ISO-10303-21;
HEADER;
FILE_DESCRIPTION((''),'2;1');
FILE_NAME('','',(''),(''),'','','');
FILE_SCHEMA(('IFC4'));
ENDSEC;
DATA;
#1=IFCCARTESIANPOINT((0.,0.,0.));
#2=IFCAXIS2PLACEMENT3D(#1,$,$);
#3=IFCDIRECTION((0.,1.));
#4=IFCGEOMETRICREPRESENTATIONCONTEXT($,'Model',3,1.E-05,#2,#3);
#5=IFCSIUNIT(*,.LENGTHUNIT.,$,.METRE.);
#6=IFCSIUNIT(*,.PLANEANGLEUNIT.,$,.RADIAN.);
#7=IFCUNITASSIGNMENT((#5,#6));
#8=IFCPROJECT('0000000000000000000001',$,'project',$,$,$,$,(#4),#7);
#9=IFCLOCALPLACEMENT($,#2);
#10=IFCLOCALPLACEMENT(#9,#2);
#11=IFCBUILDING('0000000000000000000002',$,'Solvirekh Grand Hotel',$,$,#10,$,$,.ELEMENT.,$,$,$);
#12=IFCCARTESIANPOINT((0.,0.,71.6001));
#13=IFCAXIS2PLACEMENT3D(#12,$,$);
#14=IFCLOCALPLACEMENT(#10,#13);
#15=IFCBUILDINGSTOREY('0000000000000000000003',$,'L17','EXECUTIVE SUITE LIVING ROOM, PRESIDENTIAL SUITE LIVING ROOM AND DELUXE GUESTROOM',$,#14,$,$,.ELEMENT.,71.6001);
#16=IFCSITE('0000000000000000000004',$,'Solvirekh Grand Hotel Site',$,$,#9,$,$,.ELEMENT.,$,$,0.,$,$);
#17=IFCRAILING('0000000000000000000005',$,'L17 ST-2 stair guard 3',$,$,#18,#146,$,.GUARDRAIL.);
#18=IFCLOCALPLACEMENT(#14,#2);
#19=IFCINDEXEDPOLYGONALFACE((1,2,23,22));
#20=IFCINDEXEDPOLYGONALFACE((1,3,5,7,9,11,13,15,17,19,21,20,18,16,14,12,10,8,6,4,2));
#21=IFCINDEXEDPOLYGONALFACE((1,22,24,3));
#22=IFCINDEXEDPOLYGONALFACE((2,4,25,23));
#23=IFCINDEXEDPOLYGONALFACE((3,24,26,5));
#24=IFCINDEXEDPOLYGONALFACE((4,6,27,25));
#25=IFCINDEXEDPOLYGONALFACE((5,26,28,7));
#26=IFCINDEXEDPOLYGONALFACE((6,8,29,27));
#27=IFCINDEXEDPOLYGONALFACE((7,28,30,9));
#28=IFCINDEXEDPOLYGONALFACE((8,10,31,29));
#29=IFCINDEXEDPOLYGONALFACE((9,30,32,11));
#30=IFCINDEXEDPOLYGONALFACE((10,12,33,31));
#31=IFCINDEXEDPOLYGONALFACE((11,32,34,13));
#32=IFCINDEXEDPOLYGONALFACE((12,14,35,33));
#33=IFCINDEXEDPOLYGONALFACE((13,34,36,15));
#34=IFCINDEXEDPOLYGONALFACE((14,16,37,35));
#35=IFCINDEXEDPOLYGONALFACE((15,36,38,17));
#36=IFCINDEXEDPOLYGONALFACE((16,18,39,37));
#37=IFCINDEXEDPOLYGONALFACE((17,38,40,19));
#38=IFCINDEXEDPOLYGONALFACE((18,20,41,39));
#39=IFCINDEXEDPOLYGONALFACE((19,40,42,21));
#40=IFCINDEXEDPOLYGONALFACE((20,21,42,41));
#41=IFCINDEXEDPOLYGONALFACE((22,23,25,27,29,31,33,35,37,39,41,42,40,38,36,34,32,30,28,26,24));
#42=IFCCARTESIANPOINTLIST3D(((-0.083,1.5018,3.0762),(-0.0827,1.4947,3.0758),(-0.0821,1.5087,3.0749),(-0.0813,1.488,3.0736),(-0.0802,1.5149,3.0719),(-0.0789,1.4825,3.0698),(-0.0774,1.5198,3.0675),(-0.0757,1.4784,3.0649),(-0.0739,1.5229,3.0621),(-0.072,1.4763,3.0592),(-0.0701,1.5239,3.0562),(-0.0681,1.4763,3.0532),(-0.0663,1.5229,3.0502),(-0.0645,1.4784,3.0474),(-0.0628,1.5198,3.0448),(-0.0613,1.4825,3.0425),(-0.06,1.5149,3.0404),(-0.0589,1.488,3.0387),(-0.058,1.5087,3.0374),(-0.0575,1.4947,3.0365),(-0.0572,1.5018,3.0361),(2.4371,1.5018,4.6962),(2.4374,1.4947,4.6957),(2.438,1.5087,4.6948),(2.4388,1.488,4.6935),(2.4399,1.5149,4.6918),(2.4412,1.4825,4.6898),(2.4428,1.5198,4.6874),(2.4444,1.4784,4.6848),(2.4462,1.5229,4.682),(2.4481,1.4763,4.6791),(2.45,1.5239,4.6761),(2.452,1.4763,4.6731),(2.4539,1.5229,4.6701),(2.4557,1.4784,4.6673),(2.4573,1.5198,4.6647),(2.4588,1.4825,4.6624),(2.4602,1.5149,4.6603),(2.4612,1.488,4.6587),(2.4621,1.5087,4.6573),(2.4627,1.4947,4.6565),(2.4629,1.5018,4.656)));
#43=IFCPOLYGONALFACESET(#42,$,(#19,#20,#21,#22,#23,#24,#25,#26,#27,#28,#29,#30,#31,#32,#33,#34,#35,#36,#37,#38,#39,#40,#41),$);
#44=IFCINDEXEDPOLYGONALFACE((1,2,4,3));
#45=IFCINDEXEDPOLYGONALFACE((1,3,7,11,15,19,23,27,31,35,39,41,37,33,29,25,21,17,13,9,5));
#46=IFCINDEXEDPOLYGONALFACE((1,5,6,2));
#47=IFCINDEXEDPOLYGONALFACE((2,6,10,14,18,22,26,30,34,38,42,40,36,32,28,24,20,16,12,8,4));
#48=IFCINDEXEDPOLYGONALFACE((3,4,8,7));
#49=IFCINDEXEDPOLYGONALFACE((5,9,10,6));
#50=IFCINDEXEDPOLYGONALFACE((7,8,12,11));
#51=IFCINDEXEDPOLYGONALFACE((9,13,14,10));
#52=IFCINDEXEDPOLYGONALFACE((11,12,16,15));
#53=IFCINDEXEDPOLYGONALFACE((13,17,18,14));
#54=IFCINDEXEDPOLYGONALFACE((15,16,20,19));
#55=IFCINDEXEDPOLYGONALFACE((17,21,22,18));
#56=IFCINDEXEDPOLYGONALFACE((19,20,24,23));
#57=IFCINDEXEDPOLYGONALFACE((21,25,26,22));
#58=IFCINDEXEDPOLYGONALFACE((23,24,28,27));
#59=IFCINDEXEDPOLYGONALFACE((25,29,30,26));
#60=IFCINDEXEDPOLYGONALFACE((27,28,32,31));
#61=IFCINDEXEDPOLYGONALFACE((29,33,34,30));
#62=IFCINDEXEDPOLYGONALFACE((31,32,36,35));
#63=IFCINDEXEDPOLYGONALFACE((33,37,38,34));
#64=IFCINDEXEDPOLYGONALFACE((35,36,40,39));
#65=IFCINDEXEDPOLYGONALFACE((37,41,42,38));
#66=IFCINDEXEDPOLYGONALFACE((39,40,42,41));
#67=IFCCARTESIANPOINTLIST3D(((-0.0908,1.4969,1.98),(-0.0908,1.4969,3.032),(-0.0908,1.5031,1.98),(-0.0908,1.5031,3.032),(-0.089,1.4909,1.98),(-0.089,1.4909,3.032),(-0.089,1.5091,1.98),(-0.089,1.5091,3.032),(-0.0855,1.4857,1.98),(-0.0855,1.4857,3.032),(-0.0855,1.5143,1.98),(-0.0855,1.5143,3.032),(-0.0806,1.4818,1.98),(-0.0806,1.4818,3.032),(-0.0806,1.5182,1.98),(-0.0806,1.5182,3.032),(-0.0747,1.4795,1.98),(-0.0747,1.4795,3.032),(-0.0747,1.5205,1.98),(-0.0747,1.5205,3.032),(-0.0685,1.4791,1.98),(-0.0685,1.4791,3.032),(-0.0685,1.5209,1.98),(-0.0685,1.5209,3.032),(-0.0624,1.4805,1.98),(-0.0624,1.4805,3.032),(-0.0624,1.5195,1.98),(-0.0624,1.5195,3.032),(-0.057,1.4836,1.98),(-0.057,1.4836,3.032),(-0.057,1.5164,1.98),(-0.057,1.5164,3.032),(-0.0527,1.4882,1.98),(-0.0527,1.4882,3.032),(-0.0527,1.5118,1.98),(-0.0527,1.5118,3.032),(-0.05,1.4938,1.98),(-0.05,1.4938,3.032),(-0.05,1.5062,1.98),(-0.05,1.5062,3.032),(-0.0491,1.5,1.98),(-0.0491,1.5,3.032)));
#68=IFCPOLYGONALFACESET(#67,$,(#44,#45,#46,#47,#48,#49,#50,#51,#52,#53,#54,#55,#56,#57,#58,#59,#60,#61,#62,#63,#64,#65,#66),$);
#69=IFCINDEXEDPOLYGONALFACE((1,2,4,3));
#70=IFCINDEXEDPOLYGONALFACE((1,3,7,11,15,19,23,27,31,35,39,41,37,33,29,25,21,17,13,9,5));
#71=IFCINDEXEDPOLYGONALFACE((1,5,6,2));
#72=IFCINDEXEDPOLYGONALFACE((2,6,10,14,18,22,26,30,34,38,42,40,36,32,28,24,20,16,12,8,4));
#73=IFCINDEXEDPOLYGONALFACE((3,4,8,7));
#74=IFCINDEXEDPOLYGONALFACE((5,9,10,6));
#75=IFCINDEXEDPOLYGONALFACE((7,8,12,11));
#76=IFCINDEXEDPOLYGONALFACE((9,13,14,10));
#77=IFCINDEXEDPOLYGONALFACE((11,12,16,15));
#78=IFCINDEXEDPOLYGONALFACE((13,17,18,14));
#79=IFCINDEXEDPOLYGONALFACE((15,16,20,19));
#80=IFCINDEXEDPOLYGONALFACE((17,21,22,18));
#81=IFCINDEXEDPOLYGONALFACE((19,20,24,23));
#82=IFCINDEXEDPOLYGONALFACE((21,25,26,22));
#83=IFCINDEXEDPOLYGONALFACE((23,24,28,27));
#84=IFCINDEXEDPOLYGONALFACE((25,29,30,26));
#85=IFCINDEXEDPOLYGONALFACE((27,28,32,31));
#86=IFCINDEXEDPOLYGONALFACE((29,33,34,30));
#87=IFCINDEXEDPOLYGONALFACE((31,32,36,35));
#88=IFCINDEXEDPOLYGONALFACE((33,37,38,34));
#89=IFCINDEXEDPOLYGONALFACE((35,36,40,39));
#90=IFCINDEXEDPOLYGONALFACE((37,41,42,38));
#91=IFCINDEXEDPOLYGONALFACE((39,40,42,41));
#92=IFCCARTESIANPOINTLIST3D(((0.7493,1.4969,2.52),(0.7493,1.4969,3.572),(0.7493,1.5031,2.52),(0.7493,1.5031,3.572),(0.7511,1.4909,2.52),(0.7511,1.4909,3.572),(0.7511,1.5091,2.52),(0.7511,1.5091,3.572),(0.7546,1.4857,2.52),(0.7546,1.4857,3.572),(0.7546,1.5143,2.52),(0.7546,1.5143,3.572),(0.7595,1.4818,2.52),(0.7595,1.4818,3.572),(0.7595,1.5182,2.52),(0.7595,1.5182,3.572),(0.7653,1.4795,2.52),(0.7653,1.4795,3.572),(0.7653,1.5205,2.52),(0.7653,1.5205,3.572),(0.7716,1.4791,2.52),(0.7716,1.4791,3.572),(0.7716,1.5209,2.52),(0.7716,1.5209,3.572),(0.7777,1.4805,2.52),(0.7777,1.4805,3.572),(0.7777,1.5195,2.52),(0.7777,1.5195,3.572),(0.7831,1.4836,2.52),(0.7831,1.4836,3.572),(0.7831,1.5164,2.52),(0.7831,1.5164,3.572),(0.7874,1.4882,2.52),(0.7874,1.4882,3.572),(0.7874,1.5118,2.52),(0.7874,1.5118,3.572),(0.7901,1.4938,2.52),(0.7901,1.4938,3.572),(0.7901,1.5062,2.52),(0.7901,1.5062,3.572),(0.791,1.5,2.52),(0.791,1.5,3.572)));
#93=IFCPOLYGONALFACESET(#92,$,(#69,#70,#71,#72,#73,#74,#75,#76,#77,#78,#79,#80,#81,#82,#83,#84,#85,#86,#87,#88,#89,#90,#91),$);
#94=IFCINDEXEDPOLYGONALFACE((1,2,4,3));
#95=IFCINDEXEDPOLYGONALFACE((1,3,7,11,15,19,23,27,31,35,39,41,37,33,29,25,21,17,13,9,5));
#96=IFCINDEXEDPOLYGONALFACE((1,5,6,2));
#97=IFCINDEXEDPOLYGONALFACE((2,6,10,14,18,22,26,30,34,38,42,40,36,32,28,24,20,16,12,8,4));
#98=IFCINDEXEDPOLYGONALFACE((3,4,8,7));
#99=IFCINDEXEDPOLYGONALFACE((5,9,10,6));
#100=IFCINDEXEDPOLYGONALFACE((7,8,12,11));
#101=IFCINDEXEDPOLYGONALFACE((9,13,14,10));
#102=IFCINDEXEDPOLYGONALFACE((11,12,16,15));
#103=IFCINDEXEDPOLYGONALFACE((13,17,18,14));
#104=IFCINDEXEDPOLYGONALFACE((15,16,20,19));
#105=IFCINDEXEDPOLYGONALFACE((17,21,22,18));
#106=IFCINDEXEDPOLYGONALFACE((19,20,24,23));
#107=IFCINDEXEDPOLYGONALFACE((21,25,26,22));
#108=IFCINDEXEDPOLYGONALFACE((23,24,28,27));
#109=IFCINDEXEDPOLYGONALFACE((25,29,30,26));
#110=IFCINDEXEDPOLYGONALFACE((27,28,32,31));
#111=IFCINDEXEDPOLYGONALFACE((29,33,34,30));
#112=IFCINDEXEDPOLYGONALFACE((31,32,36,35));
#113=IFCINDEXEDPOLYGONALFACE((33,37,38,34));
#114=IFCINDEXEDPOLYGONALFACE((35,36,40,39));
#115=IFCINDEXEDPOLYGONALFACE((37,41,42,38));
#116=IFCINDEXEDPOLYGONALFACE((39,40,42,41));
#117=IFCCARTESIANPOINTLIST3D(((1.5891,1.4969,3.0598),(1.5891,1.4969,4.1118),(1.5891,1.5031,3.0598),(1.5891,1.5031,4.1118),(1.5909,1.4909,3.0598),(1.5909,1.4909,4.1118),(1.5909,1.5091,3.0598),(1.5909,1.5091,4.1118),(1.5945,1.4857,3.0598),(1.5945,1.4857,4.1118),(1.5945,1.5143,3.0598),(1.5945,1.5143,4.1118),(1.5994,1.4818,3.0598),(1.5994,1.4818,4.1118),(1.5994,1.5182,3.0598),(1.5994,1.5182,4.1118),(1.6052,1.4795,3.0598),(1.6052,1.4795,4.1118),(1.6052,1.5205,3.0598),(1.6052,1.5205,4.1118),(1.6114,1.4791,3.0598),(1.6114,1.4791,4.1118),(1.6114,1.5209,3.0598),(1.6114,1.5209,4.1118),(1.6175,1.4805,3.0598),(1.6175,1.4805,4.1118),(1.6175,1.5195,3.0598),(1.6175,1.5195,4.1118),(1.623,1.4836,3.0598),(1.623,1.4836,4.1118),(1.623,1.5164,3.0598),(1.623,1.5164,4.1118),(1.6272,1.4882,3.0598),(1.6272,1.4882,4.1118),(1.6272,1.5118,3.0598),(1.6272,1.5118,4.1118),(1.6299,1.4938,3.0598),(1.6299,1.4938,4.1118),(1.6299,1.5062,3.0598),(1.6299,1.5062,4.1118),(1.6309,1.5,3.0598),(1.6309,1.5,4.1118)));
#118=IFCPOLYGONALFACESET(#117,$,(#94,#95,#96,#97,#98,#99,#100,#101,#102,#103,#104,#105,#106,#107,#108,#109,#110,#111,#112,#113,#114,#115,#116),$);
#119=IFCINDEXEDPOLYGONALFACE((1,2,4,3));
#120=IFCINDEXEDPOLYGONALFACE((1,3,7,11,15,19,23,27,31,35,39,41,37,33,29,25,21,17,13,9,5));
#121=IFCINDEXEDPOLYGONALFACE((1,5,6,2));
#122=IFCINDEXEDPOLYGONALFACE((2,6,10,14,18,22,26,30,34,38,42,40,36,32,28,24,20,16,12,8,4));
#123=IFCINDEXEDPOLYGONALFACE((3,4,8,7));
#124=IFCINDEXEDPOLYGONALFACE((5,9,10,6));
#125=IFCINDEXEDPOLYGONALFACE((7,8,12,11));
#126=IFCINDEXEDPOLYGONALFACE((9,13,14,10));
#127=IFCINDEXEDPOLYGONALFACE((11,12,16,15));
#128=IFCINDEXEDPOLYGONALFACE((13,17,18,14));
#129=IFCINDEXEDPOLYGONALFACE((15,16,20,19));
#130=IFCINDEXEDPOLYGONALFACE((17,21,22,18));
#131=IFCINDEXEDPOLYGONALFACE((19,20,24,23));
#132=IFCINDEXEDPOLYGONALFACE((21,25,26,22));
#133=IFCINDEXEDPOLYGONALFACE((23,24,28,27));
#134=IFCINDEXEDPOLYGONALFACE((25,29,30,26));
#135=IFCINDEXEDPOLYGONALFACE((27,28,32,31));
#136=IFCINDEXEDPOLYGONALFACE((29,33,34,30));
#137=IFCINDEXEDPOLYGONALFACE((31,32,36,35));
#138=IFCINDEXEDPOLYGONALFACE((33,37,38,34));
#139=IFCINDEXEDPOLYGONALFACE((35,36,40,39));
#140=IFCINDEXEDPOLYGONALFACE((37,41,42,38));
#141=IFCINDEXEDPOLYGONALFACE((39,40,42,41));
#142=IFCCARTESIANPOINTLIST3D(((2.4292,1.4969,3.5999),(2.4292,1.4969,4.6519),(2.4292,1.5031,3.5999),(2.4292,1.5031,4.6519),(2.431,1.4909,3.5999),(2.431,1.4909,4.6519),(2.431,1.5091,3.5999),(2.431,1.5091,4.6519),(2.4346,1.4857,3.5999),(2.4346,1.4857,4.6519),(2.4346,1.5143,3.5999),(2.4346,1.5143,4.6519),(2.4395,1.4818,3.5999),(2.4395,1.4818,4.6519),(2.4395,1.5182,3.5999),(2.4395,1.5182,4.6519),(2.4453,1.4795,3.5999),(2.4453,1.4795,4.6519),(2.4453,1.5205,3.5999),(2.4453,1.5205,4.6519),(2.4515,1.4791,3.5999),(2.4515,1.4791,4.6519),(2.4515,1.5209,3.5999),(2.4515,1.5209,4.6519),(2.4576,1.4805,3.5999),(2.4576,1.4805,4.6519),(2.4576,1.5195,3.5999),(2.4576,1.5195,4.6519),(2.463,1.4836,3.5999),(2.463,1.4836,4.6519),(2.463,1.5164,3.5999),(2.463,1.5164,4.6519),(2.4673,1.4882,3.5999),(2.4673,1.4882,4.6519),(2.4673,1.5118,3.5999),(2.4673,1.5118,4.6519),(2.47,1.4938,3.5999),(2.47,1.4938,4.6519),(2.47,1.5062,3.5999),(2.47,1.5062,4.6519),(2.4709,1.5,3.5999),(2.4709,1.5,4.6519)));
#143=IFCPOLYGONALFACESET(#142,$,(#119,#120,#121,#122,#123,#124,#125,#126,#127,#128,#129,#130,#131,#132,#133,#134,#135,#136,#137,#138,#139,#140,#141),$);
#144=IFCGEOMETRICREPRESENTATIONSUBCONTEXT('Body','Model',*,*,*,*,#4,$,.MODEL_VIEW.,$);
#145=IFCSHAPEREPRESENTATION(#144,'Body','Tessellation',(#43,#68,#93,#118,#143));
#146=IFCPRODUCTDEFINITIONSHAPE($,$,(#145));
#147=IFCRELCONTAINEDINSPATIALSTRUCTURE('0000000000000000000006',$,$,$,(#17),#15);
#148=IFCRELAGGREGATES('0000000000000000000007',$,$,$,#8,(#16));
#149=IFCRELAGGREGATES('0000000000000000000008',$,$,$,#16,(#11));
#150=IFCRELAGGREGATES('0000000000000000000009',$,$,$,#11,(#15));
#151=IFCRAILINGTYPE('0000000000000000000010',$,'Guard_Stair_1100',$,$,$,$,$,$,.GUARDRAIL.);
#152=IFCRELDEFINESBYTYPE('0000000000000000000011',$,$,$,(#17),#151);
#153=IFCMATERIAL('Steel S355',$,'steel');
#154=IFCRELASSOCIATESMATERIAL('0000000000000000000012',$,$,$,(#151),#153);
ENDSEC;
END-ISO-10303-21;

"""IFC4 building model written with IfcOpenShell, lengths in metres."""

from ifc_helpers import new_model, si_unit, direction, frame, origin, origin_2d, place, context, subcontext, project, spatial, circle, extrude, material, type_object, element, save


model = new_model("IFC4")

# Units and contexts
model_context = context("Model", 3, precision=1e-05, world=origin(), true_north=direction((0.0, 1.0)))
body_context = subcontext(model_context, "Body", "Model", "MODEL_VIEW")
ifc_project = project(units=[si_unit("LENGTHUNIT", "METRE"), si_unit("PLANEANGLEUNIT", "RADIAN")], contexts=[model_context])

# Site, building, storey
site_placement = place(None, origin())
site = spatial("IfcSite", under=ifc_project, at=site_placement, Name="Solvirekh Grand Hotel Site", CompositionType="ELEMENT", RefElevation=0.0)
building_placement = place(site_placement, origin())
building = spatial("IfcBuilding", under=site, at=building_placement, Name="Solvirekh Grand Hotel", CompositionType="ELEMENT")
storey_placement = place(building_placement, frame((0.0, 0.0, 71.6001)))
storey = spatial("IfcBuildingStorey", under=building, at=storey_placement, Name="L17", Description="EXECUTIVE SUITE LIVING ROOM, PRESIDENTIAL SUITE LIVING ROOM AND DELUXE GUESTROOM", CompositionType="ELEMENT", Elevation=71.6001)

# Railing
ifc_material_1 = material(Name="Steel S355", Category="steel")
railing_type_1 = type_object("IfcRailingType", Name="Guard_Stair_1100", PredefinedType="GUARDRAIL", material=ifc_material_1)
railing_1_placement = place(storey_placement, frame((-0.0701, 1.5, 1.98)))
element("IfcRailing", 1, at=railing_1_placement, inside=storey, type_object=railing_type_1, Name="L17 ST-2 stair guard 3", PredefinedType="GUARDRAIL", context=body_context, shape_type="SweptSolid", body=[
    extrude(circle(Radius=0.0239, at=origin_2d()), frame((0.0, 0.0, 1.0762), z_axis=(0.8412, 0.0, 0.540725), x_axis=(0.0, 1.0, 0.0)), (0.0, 0.0, 1.0), 2.9958),
    extrude(circle(Radius=0.021, at=origin_2d()), origin(), (0.0, 0.0, 1.0), 1.052),
    extrude(circle(Radius=0.021, at=origin_2d()), frame((0.8401, 0.0, 0.54)), (0.0, 0.0, 1.0), 1.052),
    extrude(circle(Radius=0.021, at=origin_2d()), frame((1.6799, 0.0, 1.0798)), (0.0, 0.0, 1.0), 1.052),
    extrude(circle(Radius=0.021, at=origin_2d()), frame((2.52, 0.0, 1.6199)), (0.0, 0.0, 1.0), 1.052),
])

save(model, "model.ifc")
